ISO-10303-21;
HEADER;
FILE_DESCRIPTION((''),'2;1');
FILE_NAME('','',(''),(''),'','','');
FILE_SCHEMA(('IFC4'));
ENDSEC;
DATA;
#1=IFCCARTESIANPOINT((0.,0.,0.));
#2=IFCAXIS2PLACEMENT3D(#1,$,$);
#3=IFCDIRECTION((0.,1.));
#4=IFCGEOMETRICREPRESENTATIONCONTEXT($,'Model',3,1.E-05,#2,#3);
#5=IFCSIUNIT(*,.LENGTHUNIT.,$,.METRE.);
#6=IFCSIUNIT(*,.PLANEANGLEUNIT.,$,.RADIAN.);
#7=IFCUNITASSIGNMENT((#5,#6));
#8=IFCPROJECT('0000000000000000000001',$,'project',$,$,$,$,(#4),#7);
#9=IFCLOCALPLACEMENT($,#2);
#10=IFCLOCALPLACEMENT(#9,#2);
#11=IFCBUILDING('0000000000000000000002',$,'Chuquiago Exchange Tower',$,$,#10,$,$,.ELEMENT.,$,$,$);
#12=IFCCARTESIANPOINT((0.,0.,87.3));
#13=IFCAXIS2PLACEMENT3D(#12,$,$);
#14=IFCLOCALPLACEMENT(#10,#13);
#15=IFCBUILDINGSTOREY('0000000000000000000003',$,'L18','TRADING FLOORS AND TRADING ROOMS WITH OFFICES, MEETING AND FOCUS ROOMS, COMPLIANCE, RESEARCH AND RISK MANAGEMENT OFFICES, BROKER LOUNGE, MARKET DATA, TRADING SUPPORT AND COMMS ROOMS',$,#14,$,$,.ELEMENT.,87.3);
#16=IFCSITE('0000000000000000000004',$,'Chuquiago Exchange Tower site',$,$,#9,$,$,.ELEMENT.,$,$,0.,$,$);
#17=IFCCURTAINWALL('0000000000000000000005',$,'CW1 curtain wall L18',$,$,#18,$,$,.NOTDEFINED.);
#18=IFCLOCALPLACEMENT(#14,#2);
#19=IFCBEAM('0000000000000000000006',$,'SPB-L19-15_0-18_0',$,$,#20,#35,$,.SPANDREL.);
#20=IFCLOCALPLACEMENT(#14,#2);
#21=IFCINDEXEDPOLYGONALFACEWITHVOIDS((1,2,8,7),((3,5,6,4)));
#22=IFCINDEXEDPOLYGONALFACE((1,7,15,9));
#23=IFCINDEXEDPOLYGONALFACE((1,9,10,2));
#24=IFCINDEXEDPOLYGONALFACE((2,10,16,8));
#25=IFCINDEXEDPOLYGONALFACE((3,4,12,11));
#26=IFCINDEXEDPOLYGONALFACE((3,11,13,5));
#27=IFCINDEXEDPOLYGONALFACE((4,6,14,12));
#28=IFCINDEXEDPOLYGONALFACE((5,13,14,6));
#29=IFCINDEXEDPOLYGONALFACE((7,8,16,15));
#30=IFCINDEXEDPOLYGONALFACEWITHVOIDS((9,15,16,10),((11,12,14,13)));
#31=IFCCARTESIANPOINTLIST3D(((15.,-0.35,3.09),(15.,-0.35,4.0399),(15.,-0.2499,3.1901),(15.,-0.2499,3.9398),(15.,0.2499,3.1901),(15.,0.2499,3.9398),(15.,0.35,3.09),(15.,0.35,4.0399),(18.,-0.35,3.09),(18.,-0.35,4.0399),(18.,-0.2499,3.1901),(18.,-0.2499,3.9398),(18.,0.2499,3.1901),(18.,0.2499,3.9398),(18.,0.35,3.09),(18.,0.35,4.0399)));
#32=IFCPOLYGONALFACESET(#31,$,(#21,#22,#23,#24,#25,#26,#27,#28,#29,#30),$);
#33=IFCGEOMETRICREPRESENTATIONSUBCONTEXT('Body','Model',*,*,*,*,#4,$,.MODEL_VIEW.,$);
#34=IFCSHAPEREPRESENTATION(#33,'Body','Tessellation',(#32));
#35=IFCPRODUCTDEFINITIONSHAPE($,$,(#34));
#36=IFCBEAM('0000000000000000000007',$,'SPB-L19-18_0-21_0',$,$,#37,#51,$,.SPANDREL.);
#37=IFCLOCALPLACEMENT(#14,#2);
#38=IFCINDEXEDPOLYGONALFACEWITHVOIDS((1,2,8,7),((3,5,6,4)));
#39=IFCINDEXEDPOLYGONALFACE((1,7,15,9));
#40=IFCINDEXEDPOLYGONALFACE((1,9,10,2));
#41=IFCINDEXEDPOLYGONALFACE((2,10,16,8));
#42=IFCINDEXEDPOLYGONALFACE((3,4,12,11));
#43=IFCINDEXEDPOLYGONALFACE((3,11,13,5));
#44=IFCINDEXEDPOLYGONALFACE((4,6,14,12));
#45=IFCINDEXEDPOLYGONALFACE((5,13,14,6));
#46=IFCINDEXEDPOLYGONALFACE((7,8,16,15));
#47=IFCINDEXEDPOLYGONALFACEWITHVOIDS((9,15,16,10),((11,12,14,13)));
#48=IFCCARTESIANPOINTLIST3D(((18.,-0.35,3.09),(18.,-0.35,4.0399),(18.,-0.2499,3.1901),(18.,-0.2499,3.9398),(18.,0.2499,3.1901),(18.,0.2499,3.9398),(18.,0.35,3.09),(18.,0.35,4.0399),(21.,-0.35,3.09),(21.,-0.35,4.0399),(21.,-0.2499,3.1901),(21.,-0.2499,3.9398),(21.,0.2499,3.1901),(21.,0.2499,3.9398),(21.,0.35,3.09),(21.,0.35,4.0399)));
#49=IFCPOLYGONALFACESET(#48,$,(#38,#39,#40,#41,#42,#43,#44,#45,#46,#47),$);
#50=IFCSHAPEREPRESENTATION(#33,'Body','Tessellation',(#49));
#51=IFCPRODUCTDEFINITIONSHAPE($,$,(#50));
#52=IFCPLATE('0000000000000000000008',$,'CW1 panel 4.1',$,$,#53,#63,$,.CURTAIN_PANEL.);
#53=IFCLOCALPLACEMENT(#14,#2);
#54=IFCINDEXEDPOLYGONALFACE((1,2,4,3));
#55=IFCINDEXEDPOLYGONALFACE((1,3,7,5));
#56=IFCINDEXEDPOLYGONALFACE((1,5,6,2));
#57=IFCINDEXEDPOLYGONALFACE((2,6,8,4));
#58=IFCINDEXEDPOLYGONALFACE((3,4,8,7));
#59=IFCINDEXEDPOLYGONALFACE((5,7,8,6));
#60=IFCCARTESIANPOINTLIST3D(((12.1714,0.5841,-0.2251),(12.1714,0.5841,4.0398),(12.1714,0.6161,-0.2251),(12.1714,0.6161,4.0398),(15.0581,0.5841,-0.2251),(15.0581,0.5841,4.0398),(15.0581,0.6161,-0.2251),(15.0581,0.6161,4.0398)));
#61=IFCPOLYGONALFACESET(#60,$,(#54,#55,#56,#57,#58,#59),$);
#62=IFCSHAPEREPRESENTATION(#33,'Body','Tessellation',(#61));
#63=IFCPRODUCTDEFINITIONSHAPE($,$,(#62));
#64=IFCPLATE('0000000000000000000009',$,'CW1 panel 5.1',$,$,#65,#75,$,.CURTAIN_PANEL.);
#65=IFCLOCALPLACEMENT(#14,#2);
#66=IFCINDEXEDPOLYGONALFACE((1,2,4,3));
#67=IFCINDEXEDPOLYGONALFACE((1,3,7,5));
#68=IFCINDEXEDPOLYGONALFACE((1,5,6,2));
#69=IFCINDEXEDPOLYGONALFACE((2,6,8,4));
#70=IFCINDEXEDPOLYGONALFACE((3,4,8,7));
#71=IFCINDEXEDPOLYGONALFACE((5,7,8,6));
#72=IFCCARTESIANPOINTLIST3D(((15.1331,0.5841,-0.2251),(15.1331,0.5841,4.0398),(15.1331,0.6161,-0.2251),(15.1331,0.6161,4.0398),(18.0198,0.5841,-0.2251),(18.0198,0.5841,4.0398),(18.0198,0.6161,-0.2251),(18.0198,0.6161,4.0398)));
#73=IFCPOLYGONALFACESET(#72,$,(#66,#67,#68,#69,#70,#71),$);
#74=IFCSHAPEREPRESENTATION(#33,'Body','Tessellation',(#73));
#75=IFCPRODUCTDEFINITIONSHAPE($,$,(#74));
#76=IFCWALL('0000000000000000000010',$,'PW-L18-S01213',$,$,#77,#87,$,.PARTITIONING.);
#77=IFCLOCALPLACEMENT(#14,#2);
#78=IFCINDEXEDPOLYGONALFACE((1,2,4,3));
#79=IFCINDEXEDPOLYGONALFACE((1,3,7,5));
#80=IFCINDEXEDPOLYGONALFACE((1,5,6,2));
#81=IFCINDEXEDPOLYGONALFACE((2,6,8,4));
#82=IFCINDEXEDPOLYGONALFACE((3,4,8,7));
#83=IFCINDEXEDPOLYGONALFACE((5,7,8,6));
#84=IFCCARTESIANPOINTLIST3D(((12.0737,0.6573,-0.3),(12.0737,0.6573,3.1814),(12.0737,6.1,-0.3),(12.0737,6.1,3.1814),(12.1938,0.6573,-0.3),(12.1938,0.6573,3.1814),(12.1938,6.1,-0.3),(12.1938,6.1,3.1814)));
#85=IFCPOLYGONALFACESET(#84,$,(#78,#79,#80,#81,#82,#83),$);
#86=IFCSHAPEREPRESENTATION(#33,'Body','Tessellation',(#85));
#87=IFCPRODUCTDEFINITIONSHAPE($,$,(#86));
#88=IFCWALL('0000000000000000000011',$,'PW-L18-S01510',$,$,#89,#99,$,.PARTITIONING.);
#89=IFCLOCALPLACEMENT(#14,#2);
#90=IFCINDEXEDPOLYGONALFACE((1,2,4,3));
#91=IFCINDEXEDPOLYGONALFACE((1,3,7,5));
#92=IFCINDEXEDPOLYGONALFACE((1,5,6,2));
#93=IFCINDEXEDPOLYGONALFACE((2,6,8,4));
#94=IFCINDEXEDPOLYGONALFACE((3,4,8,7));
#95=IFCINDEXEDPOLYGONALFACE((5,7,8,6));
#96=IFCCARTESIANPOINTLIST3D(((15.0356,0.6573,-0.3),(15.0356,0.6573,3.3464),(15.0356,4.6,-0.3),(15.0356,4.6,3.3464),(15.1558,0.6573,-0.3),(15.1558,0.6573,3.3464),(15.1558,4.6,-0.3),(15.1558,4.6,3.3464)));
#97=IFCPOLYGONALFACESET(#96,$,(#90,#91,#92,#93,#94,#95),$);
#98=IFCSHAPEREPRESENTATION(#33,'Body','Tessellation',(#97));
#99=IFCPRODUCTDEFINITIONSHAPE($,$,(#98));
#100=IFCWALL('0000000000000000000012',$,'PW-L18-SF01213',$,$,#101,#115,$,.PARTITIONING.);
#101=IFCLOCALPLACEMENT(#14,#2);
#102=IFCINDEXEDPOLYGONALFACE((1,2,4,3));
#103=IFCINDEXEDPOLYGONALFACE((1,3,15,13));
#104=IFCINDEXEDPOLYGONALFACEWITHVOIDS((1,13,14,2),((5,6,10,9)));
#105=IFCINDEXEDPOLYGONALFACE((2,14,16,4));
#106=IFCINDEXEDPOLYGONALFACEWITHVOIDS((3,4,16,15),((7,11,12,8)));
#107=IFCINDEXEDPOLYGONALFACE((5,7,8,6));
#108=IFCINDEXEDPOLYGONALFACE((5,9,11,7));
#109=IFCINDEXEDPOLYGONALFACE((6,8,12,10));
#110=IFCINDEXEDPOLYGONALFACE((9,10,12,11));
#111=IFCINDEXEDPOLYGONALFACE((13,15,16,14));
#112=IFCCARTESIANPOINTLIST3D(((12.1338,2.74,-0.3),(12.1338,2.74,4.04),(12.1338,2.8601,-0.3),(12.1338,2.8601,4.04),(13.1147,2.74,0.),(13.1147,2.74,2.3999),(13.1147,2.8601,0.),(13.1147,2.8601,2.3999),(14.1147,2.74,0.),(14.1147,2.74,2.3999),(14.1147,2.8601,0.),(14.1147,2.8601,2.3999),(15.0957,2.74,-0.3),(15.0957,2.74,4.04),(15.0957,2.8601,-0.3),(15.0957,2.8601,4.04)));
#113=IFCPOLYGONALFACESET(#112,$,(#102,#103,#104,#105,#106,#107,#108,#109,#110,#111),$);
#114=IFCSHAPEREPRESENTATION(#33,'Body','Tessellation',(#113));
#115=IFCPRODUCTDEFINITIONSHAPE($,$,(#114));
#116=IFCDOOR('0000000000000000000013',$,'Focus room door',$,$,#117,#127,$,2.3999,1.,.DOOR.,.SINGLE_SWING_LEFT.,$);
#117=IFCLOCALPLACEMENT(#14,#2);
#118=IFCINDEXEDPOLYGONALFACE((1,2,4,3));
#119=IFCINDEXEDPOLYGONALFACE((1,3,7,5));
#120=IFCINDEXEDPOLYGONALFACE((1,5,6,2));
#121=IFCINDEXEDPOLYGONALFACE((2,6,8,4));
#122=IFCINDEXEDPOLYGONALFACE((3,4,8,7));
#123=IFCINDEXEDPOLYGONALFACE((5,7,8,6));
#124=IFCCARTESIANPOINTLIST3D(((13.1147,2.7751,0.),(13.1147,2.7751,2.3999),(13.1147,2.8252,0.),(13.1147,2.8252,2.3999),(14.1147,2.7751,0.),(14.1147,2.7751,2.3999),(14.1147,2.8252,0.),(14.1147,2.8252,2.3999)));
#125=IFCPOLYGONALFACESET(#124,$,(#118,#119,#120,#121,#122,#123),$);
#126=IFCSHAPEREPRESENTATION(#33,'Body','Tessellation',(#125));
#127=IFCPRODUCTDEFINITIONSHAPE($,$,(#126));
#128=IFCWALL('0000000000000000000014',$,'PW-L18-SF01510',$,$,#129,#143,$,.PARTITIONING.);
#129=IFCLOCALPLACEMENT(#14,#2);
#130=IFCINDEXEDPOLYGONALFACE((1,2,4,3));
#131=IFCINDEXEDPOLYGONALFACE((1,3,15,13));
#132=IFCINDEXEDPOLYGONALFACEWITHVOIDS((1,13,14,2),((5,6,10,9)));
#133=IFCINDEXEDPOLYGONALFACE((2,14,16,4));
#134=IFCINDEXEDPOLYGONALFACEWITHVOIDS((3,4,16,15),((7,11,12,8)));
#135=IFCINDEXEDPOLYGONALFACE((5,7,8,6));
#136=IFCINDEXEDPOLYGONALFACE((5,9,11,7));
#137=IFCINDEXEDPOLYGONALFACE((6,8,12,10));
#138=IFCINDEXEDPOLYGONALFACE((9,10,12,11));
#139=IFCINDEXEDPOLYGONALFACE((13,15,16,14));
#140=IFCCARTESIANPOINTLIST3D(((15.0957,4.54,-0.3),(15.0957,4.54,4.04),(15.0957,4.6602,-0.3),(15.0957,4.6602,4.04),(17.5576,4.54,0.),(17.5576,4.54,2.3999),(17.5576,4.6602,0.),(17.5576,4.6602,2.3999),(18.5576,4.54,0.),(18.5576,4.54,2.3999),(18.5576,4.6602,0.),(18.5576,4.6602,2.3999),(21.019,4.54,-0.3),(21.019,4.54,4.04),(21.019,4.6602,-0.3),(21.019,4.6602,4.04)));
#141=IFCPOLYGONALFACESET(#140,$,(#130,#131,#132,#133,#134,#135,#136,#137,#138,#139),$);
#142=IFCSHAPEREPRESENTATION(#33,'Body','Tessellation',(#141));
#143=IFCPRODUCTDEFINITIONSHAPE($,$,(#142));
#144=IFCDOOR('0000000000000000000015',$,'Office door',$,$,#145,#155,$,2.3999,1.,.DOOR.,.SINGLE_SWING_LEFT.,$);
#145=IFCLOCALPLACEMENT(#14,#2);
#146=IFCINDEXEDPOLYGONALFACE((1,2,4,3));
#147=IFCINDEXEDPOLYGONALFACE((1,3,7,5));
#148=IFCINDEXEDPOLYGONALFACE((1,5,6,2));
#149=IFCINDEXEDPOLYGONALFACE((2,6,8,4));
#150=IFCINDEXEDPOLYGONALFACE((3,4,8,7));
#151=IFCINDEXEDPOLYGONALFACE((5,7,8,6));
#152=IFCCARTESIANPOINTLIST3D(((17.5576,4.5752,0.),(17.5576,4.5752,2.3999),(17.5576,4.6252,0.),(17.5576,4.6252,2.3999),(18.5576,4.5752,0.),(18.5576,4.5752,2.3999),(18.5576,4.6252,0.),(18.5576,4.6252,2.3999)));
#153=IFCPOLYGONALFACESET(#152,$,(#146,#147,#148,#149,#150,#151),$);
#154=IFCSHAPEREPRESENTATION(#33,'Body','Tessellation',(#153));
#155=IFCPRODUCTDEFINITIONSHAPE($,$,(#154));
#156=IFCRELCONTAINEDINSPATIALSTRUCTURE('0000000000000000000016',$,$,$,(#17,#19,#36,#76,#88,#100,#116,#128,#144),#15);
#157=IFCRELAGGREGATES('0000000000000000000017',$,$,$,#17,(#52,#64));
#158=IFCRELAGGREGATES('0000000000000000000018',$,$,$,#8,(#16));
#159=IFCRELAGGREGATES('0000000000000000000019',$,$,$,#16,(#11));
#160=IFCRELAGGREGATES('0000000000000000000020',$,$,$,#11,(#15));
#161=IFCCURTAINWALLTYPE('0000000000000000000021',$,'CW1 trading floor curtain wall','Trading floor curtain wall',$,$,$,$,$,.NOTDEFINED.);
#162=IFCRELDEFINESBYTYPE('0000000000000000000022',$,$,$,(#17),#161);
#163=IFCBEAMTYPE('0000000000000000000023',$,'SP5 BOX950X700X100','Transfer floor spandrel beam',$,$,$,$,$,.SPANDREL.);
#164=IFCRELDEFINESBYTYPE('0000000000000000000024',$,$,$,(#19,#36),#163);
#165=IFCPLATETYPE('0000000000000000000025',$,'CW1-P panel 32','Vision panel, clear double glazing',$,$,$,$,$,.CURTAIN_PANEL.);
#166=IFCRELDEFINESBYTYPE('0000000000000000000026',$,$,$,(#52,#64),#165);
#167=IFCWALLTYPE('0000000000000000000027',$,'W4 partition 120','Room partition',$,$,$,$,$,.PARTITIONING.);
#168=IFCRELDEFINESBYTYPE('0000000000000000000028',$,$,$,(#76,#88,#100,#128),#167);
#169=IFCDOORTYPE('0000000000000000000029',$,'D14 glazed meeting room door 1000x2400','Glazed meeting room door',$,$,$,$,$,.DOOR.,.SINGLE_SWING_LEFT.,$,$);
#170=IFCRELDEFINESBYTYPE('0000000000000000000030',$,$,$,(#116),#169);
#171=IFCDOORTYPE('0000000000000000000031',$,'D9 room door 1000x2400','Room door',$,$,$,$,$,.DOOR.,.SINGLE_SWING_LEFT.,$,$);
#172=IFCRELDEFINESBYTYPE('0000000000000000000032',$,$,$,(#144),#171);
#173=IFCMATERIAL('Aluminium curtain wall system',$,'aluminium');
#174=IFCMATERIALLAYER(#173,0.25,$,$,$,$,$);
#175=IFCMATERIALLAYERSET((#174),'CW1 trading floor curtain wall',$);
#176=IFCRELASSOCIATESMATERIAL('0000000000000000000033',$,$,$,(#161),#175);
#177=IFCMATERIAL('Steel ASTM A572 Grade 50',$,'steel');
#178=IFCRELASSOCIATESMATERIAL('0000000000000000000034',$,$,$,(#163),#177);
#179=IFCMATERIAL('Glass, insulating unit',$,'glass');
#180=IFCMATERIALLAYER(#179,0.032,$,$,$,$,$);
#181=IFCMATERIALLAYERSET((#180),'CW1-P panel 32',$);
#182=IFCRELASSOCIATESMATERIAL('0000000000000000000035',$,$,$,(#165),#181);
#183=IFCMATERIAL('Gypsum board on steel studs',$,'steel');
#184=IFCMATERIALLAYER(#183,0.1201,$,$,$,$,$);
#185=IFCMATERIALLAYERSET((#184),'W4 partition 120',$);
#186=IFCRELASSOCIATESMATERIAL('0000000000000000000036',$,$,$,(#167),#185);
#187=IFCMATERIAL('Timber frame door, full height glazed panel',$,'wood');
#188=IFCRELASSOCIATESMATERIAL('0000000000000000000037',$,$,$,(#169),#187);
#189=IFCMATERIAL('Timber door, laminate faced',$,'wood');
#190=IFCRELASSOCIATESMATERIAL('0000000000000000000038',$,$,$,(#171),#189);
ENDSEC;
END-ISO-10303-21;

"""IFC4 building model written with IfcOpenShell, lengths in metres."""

from ifc_helpers import new_model, si_unit, direction, frame, frame_2d, origin, origin_2d, place, context, subcontext, project, spatial, rectangle, hollow_rectangle, extrude, material, layer, layer_set, material_profile, profile_set, type_object, element, fill, aggregate, save


model = new_model("IFC4")

# Units and contexts
model_context = context("Model", 3, precision=1e-05, world=origin(), true_north=direction((0.0, 1.0)))
body_context = subcontext(model_context, "Body", "Model", "MODEL_VIEW")
ifc_project = project(units=[si_unit("LENGTHUNIT", "METRE"), si_unit("PLANEANGLEUNIT", "RADIAN")], contexts=[model_context])

# Site, building, storey
site_placement = place(None, origin())
site = spatial("IfcSite", under=ifc_project, at=site_placement, Name="Chuquiago Exchange Tower site", CompositionType="ELEMENT", RefElevation=0.0)
building_placement = place(site_placement, origin())
building = spatial("IfcBuilding", under=site, at=building_placement, Name="Chuquiago Exchange Tower", CompositionType="ELEMENT")
storey_placement = place(building_placement, frame((0.0, 0.0, 87.3)))
storey = spatial("IfcBuildingStorey", under=building, at=storey_placement, Name="L18", Description="TRADING FLOORS AND TRADING ROOMS WITH OFFICES, MEETING AND FOCUS ROOMS, COMPLIANCE, RESEARCH AND RISK MANAGEMENT OFFICES, BROKER LOUNGE, MARKET DATA, TRADING SUPPORT AND COMMS ROOMS", CompositionType="ELEMENT", Elevation=87.3)

# Curtain wall
ifc_material_1 = material(Name="Aluminium curtain wall system", Category="aluminium")
ifc_layer_1 = layer(ifc_material_1, 0.25)
ifc_layer_set_1 = layer_set([ifc_layer_1], Name="CW1 trading floor curtain wall")
curtain_wall_type = type_object("IfcCurtainWallType", Name="CW1 trading floor curtain wall", Description="Trading floor curtain wall", PredefinedType="NOTDEFINED", material=ifc_layer_set_1)
curtain_wall_placement = place(storey_placement, origin())
curtain_wall = element("IfcCurtainWall", 1, at=curtain_wall_placement, inside=storey, type_object=curtain_wall_type, Name="CW1 curtain wall L18", PredefinedType="NOTDEFINED")

# Beams
ifc_material_2 = material(Name="Steel ASTM A572 Grade 50", Category="steel")
ifc_material_profile_1 = material_profile(ifc_material_2, hollow_rectangle(XDim=0.7, YDim=0.95, WallThickness=0.1001, at=origin_2d()), Name="BOX950X700X100")
ifc_profile_set_1 = profile_set([ifc_material_profile_1], Name="Steel ASTM A572 Grade 50")
beam_type_1 = type_object("IfcBeamType", Name="SP5 BOX950X700X100", Description="Transfer floor spandrel beam", PredefinedType="SPANDREL", material=ifc_profile_set_1)
for number, where, z_axis, x_axis, name in (
    (2, (15.0, 0.0, 3.5649), (1.0, 0.0, 0.0), (0.0, 1.0, 0.0), "SPB-L19-15_0-18_0"),
    (3, (18.0, 0.0, 3.5649), (1.0, 0.0, 0.0), (0.0, 1.0, 0.0), "SPB-L19-18_0-21_0"),
):
    element("IfcBeam", number, at=place(storey_placement, frame(where, z_axis=z_axis, x_axis=x_axis)), inside=storey, type_object=beam_type_1, Name=name, PredefinedType="SPANDREL", context=body_context, shape_type="SweptSolid", body=[
        extrude(hollow_rectangle(XDim=0.7, YDim=0.95, WallThickness=0.1001, at=origin_2d()), origin(), (0.0, 0.0, 1.0), 3.0),
    ])

# Plates
ifc_material_3 = material(Name="Glass, insulating unit", Category="glass")
ifc_layer_2 = layer(ifc_material_3, 0.032)
ifc_layer_set_2 = layer_set([ifc_layer_2], Name="CW1-P panel 32")
plate_type = type_object("IfcPlateType", Name="CW1-P panel 32", Description="Vision panel, clear double glazing", PredefinedType="CURTAIN_PANEL", material=ifc_layer_set_2)
plate_1_placement = place(storey_placement, frame((13.6147, 0.6001, -0.2251), z_axis=(0.0, 0.0, 1.0), x_axis=(1.0, 0.0, 0.0)))
plate_1 = element("IfcPlate", 4, at=plate_1_placement, type_object=plate_type, Name="CW1 panel 4.1", PredefinedType="CURTAIN_PANEL", context=body_context, shape_type="SweptSolid", body=[
    extrude(rectangle(XDim=2.8867, YDim=0.032, at=origin_2d()), origin(), (0.0, 0.0, 1.0), 4.2649),
])
plate_2_placement = place(storey_placement, frame((16.5764, 0.6001, -0.2251), z_axis=(0.0, 0.0, 1.0), x_axis=(1.0, 0.0, 0.0)))
plate_2 = element("IfcPlate", 5, at=plate_2_placement, type_object=plate_type, Name="CW1 panel 5.1", PredefinedType="CURTAIN_PANEL", context=body_context, shape_type="SweptSolid", body=[
    extrude(rectangle(XDim=2.8867, YDim=0.032, at=origin_2d()), origin(), (0.0, 0.0, 1.0), 4.2649),
])
aggregate(curtain_wall, [plate_1, plate_2])

# Walls
ifc_material_4 = material(Name="Gypsum board on steel studs", Category="steel")
ifc_layer_3 = layer(ifc_material_4, 0.1201)
ifc_layer_set_3 = layer_set([ifc_layer_3], Name="W4 partition 120")
wall_type = type_object("IfcWallType", Name="W4 partition 120", Description="Room partition", PredefinedType="PARTITIONING", material=ifc_layer_set_3)
wall_1_placement = place(storey_placement, frame((12.1338, 0.6575, -0.3), z_axis=(0.0, 0.0, 1.0), x_axis=(0.0, 1.0, 0.0)))
element("IfcWall", 6, at=wall_1_placement, inside=storey, type_object=wall_type, Name="PW-L18-S01213", PredefinedType="PARTITIONING", context=body_context, shape_type="SweptSolid", body=[
    extrude(rectangle(XDim=5.4426, YDim=0.1201, at=frame_2d((2.7212, 0.0))), origin(), (0.0, 0.0, 1.0), 3.4814),
])
wall_2_placement = place(storey_placement, frame((15.0957, 0.6575, -0.3), z_axis=(0.0, 0.0, 1.0), x_axis=(0.0, 1.0, 0.0)))
element("IfcWall", 7, at=wall_2_placement, inside=storey, type_object=wall_type, Name="PW-L18-S01510", PredefinedType="PARTITIONING", context=body_context, shape_type="SweptSolid", body=[
    extrude(rectangle(XDim=3.9426, YDim=0.1201, at=frame_2d((1.9712, 0.0))), origin(), (0.0, 0.0, 1.0), 3.6465),
])

# Walls, openings, doors
wall_3_placement = place(storey_placement, frame((12.1338, 2.8, -0.3), z_axis=(0.0, 0.0, 1.0), x_axis=(1.0, 0.0, 0.0)))
wall_3 = element("IfcWall", 8, at=wall_3_placement, inside=storey, type_object=wall_type, Name="PW-L18-SF01213", PredefinedType="PARTITIONING", context=body_context, shape_type="SweptSolid", body=[
    extrude(rectangle(XDim=2.9619, YDim=0.1201, at=frame_2d((1.481, 0.0))), origin(), (0.0, 0.0, 1.0), 4.3401),
])
opening_1_placement = place(wall_3_placement, frame((0.981, 0.0, 0.3)))
opening_1 = element("IfcOpeningElement", 9, at=opening_1_placement, cuts=wall_3, PredefinedType="OPENING", context=body_context, shape_type="SweptSolid", body=[
    extrude(rectangle(XDim=1.0, YDim=2.3999, at=frame_2d((0.5, 1.2))), frame((0.0, 0.0701, 0.0), z_axis=(0.0, -1.0, 0.0), x_axis=(1.0, 0.0, 0.0)), (0.0, 0.0, 1.0), 0.1401),
])
ifc_material_5 = material(Name="Timber frame door, full height glazed panel", Category="wood")
door_type_1 = type_object("IfcDoorType", Name="D14 glazed meeting room door 1000x2400", Description="Glazed meeting room door", OperationType="SINGLE_SWING_LEFT", PredefinedType="DOOR", material=ifc_material_5)
door_1_placement = place(opening_1_placement, frame((1.0, 0.0, 0.0), z_axis=(0.0, 0.0, 1.0), x_axis=(-1.0, 0.0, 0.0)))
door_1 = element("IfcDoor", 10, at=door_1_placement, inside=storey, type_object=door_type_1, Name="Focus room door", OperationType="SINGLE_SWING_LEFT", OverallHeight=2.3999, OverallWidth=1.0, PredefinedType="DOOR", context=body_context, shape_type="SweptSolid", body=[
    extrude(rectangle(XDim=1.0, YDim=2.3999, at=frame_2d((0.5, 1.2))), frame((0.0, 0.0249, 0.0), z_axis=(0.0, -1.0, 0.0), x_axis=(1.0, 0.0, 0.0)), (0.0, 0.0, 1.0), 0.05),
])
fill(opening_1, door_1)
wall_4_placement = place(storey_placement, frame((15.0957, 4.6001, -0.3), z_axis=(0.0, 0.0, 1.0), x_axis=(1.0, 0.0, 0.0)))
wall_4 = element("IfcWall", 11, at=wall_4_placement, inside=storey, type_object=wall_type, Name="PW-L18-SF01510", PredefinedType="PARTITIONING", context=body_context, shape_type="SweptSolid", body=[
    extrude(rectangle(XDim=5.9233, YDim=0.1201, at=frame_2d((2.9617, 0.0))), origin(), (0.0, 0.0, 1.0), 4.3401),
])
opening_2_placement = place(wall_4_placement, frame((2.4619, 0.0, 0.3)))
opening_2 = element("IfcOpeningElement", 12, at=opening_2_placement, cuts=wall_4, PredefinedType="OPENING", context=body_context, shape_type="SweptSolid", body=[
    extrude(rectangle(XDim=1.0, YDim=2.3999, at=frame_2d((0.5, 1.2))), frame((0.0, 0.0701, 0.0), z_axis=(0.0, -1.0, 0.0), x_axis=(1.0, 0.0, 0.0)), (0.0, 0.0, 1.0), 0.1401),
])
ifc_material_6 = material(Name="Timber door, laminate faced", Category="wood")
door_type_2 = type_object("IfcDoorType", Name="D9 room door 1000x2400", Description="Room door", OperationType="SINGLE_SWING_LEFT", PredefinedType="DOOR", material=ifc_material_6)
door_2_placement = place(opening_2_placement, frame((1.0, 0.0, 0.0), z_axis=(0.0, 0.0, 1.0), x_axis=(-1.0, 0.0, 0.0)))
door_2 = element("IfcDoor", 13, at=door_2_placement, inside=storey, type_object=door_type_2, Name="Office door", OperationType="SINGLE_SWING_LEFT", OverallHeight=2.3999, OverallWidth=1.0, PredefinedType="DOOR", context=body_context, shape_type="SweptSolid", body=[
    extrude(rectangle(XDim=1.0, YDim=2.3999, at=frame_2d((0.5, 1.2))), frame((0.0, 0.0249, 0.0), z_axis=(0.0, -1.0, 0.0), x_axis=(1.0, 0.0, 0.0)), (0.0, 0.0, 1.0), 0.05),
])
fill(opening_2, door_2)

save(model, "model.ifc")
